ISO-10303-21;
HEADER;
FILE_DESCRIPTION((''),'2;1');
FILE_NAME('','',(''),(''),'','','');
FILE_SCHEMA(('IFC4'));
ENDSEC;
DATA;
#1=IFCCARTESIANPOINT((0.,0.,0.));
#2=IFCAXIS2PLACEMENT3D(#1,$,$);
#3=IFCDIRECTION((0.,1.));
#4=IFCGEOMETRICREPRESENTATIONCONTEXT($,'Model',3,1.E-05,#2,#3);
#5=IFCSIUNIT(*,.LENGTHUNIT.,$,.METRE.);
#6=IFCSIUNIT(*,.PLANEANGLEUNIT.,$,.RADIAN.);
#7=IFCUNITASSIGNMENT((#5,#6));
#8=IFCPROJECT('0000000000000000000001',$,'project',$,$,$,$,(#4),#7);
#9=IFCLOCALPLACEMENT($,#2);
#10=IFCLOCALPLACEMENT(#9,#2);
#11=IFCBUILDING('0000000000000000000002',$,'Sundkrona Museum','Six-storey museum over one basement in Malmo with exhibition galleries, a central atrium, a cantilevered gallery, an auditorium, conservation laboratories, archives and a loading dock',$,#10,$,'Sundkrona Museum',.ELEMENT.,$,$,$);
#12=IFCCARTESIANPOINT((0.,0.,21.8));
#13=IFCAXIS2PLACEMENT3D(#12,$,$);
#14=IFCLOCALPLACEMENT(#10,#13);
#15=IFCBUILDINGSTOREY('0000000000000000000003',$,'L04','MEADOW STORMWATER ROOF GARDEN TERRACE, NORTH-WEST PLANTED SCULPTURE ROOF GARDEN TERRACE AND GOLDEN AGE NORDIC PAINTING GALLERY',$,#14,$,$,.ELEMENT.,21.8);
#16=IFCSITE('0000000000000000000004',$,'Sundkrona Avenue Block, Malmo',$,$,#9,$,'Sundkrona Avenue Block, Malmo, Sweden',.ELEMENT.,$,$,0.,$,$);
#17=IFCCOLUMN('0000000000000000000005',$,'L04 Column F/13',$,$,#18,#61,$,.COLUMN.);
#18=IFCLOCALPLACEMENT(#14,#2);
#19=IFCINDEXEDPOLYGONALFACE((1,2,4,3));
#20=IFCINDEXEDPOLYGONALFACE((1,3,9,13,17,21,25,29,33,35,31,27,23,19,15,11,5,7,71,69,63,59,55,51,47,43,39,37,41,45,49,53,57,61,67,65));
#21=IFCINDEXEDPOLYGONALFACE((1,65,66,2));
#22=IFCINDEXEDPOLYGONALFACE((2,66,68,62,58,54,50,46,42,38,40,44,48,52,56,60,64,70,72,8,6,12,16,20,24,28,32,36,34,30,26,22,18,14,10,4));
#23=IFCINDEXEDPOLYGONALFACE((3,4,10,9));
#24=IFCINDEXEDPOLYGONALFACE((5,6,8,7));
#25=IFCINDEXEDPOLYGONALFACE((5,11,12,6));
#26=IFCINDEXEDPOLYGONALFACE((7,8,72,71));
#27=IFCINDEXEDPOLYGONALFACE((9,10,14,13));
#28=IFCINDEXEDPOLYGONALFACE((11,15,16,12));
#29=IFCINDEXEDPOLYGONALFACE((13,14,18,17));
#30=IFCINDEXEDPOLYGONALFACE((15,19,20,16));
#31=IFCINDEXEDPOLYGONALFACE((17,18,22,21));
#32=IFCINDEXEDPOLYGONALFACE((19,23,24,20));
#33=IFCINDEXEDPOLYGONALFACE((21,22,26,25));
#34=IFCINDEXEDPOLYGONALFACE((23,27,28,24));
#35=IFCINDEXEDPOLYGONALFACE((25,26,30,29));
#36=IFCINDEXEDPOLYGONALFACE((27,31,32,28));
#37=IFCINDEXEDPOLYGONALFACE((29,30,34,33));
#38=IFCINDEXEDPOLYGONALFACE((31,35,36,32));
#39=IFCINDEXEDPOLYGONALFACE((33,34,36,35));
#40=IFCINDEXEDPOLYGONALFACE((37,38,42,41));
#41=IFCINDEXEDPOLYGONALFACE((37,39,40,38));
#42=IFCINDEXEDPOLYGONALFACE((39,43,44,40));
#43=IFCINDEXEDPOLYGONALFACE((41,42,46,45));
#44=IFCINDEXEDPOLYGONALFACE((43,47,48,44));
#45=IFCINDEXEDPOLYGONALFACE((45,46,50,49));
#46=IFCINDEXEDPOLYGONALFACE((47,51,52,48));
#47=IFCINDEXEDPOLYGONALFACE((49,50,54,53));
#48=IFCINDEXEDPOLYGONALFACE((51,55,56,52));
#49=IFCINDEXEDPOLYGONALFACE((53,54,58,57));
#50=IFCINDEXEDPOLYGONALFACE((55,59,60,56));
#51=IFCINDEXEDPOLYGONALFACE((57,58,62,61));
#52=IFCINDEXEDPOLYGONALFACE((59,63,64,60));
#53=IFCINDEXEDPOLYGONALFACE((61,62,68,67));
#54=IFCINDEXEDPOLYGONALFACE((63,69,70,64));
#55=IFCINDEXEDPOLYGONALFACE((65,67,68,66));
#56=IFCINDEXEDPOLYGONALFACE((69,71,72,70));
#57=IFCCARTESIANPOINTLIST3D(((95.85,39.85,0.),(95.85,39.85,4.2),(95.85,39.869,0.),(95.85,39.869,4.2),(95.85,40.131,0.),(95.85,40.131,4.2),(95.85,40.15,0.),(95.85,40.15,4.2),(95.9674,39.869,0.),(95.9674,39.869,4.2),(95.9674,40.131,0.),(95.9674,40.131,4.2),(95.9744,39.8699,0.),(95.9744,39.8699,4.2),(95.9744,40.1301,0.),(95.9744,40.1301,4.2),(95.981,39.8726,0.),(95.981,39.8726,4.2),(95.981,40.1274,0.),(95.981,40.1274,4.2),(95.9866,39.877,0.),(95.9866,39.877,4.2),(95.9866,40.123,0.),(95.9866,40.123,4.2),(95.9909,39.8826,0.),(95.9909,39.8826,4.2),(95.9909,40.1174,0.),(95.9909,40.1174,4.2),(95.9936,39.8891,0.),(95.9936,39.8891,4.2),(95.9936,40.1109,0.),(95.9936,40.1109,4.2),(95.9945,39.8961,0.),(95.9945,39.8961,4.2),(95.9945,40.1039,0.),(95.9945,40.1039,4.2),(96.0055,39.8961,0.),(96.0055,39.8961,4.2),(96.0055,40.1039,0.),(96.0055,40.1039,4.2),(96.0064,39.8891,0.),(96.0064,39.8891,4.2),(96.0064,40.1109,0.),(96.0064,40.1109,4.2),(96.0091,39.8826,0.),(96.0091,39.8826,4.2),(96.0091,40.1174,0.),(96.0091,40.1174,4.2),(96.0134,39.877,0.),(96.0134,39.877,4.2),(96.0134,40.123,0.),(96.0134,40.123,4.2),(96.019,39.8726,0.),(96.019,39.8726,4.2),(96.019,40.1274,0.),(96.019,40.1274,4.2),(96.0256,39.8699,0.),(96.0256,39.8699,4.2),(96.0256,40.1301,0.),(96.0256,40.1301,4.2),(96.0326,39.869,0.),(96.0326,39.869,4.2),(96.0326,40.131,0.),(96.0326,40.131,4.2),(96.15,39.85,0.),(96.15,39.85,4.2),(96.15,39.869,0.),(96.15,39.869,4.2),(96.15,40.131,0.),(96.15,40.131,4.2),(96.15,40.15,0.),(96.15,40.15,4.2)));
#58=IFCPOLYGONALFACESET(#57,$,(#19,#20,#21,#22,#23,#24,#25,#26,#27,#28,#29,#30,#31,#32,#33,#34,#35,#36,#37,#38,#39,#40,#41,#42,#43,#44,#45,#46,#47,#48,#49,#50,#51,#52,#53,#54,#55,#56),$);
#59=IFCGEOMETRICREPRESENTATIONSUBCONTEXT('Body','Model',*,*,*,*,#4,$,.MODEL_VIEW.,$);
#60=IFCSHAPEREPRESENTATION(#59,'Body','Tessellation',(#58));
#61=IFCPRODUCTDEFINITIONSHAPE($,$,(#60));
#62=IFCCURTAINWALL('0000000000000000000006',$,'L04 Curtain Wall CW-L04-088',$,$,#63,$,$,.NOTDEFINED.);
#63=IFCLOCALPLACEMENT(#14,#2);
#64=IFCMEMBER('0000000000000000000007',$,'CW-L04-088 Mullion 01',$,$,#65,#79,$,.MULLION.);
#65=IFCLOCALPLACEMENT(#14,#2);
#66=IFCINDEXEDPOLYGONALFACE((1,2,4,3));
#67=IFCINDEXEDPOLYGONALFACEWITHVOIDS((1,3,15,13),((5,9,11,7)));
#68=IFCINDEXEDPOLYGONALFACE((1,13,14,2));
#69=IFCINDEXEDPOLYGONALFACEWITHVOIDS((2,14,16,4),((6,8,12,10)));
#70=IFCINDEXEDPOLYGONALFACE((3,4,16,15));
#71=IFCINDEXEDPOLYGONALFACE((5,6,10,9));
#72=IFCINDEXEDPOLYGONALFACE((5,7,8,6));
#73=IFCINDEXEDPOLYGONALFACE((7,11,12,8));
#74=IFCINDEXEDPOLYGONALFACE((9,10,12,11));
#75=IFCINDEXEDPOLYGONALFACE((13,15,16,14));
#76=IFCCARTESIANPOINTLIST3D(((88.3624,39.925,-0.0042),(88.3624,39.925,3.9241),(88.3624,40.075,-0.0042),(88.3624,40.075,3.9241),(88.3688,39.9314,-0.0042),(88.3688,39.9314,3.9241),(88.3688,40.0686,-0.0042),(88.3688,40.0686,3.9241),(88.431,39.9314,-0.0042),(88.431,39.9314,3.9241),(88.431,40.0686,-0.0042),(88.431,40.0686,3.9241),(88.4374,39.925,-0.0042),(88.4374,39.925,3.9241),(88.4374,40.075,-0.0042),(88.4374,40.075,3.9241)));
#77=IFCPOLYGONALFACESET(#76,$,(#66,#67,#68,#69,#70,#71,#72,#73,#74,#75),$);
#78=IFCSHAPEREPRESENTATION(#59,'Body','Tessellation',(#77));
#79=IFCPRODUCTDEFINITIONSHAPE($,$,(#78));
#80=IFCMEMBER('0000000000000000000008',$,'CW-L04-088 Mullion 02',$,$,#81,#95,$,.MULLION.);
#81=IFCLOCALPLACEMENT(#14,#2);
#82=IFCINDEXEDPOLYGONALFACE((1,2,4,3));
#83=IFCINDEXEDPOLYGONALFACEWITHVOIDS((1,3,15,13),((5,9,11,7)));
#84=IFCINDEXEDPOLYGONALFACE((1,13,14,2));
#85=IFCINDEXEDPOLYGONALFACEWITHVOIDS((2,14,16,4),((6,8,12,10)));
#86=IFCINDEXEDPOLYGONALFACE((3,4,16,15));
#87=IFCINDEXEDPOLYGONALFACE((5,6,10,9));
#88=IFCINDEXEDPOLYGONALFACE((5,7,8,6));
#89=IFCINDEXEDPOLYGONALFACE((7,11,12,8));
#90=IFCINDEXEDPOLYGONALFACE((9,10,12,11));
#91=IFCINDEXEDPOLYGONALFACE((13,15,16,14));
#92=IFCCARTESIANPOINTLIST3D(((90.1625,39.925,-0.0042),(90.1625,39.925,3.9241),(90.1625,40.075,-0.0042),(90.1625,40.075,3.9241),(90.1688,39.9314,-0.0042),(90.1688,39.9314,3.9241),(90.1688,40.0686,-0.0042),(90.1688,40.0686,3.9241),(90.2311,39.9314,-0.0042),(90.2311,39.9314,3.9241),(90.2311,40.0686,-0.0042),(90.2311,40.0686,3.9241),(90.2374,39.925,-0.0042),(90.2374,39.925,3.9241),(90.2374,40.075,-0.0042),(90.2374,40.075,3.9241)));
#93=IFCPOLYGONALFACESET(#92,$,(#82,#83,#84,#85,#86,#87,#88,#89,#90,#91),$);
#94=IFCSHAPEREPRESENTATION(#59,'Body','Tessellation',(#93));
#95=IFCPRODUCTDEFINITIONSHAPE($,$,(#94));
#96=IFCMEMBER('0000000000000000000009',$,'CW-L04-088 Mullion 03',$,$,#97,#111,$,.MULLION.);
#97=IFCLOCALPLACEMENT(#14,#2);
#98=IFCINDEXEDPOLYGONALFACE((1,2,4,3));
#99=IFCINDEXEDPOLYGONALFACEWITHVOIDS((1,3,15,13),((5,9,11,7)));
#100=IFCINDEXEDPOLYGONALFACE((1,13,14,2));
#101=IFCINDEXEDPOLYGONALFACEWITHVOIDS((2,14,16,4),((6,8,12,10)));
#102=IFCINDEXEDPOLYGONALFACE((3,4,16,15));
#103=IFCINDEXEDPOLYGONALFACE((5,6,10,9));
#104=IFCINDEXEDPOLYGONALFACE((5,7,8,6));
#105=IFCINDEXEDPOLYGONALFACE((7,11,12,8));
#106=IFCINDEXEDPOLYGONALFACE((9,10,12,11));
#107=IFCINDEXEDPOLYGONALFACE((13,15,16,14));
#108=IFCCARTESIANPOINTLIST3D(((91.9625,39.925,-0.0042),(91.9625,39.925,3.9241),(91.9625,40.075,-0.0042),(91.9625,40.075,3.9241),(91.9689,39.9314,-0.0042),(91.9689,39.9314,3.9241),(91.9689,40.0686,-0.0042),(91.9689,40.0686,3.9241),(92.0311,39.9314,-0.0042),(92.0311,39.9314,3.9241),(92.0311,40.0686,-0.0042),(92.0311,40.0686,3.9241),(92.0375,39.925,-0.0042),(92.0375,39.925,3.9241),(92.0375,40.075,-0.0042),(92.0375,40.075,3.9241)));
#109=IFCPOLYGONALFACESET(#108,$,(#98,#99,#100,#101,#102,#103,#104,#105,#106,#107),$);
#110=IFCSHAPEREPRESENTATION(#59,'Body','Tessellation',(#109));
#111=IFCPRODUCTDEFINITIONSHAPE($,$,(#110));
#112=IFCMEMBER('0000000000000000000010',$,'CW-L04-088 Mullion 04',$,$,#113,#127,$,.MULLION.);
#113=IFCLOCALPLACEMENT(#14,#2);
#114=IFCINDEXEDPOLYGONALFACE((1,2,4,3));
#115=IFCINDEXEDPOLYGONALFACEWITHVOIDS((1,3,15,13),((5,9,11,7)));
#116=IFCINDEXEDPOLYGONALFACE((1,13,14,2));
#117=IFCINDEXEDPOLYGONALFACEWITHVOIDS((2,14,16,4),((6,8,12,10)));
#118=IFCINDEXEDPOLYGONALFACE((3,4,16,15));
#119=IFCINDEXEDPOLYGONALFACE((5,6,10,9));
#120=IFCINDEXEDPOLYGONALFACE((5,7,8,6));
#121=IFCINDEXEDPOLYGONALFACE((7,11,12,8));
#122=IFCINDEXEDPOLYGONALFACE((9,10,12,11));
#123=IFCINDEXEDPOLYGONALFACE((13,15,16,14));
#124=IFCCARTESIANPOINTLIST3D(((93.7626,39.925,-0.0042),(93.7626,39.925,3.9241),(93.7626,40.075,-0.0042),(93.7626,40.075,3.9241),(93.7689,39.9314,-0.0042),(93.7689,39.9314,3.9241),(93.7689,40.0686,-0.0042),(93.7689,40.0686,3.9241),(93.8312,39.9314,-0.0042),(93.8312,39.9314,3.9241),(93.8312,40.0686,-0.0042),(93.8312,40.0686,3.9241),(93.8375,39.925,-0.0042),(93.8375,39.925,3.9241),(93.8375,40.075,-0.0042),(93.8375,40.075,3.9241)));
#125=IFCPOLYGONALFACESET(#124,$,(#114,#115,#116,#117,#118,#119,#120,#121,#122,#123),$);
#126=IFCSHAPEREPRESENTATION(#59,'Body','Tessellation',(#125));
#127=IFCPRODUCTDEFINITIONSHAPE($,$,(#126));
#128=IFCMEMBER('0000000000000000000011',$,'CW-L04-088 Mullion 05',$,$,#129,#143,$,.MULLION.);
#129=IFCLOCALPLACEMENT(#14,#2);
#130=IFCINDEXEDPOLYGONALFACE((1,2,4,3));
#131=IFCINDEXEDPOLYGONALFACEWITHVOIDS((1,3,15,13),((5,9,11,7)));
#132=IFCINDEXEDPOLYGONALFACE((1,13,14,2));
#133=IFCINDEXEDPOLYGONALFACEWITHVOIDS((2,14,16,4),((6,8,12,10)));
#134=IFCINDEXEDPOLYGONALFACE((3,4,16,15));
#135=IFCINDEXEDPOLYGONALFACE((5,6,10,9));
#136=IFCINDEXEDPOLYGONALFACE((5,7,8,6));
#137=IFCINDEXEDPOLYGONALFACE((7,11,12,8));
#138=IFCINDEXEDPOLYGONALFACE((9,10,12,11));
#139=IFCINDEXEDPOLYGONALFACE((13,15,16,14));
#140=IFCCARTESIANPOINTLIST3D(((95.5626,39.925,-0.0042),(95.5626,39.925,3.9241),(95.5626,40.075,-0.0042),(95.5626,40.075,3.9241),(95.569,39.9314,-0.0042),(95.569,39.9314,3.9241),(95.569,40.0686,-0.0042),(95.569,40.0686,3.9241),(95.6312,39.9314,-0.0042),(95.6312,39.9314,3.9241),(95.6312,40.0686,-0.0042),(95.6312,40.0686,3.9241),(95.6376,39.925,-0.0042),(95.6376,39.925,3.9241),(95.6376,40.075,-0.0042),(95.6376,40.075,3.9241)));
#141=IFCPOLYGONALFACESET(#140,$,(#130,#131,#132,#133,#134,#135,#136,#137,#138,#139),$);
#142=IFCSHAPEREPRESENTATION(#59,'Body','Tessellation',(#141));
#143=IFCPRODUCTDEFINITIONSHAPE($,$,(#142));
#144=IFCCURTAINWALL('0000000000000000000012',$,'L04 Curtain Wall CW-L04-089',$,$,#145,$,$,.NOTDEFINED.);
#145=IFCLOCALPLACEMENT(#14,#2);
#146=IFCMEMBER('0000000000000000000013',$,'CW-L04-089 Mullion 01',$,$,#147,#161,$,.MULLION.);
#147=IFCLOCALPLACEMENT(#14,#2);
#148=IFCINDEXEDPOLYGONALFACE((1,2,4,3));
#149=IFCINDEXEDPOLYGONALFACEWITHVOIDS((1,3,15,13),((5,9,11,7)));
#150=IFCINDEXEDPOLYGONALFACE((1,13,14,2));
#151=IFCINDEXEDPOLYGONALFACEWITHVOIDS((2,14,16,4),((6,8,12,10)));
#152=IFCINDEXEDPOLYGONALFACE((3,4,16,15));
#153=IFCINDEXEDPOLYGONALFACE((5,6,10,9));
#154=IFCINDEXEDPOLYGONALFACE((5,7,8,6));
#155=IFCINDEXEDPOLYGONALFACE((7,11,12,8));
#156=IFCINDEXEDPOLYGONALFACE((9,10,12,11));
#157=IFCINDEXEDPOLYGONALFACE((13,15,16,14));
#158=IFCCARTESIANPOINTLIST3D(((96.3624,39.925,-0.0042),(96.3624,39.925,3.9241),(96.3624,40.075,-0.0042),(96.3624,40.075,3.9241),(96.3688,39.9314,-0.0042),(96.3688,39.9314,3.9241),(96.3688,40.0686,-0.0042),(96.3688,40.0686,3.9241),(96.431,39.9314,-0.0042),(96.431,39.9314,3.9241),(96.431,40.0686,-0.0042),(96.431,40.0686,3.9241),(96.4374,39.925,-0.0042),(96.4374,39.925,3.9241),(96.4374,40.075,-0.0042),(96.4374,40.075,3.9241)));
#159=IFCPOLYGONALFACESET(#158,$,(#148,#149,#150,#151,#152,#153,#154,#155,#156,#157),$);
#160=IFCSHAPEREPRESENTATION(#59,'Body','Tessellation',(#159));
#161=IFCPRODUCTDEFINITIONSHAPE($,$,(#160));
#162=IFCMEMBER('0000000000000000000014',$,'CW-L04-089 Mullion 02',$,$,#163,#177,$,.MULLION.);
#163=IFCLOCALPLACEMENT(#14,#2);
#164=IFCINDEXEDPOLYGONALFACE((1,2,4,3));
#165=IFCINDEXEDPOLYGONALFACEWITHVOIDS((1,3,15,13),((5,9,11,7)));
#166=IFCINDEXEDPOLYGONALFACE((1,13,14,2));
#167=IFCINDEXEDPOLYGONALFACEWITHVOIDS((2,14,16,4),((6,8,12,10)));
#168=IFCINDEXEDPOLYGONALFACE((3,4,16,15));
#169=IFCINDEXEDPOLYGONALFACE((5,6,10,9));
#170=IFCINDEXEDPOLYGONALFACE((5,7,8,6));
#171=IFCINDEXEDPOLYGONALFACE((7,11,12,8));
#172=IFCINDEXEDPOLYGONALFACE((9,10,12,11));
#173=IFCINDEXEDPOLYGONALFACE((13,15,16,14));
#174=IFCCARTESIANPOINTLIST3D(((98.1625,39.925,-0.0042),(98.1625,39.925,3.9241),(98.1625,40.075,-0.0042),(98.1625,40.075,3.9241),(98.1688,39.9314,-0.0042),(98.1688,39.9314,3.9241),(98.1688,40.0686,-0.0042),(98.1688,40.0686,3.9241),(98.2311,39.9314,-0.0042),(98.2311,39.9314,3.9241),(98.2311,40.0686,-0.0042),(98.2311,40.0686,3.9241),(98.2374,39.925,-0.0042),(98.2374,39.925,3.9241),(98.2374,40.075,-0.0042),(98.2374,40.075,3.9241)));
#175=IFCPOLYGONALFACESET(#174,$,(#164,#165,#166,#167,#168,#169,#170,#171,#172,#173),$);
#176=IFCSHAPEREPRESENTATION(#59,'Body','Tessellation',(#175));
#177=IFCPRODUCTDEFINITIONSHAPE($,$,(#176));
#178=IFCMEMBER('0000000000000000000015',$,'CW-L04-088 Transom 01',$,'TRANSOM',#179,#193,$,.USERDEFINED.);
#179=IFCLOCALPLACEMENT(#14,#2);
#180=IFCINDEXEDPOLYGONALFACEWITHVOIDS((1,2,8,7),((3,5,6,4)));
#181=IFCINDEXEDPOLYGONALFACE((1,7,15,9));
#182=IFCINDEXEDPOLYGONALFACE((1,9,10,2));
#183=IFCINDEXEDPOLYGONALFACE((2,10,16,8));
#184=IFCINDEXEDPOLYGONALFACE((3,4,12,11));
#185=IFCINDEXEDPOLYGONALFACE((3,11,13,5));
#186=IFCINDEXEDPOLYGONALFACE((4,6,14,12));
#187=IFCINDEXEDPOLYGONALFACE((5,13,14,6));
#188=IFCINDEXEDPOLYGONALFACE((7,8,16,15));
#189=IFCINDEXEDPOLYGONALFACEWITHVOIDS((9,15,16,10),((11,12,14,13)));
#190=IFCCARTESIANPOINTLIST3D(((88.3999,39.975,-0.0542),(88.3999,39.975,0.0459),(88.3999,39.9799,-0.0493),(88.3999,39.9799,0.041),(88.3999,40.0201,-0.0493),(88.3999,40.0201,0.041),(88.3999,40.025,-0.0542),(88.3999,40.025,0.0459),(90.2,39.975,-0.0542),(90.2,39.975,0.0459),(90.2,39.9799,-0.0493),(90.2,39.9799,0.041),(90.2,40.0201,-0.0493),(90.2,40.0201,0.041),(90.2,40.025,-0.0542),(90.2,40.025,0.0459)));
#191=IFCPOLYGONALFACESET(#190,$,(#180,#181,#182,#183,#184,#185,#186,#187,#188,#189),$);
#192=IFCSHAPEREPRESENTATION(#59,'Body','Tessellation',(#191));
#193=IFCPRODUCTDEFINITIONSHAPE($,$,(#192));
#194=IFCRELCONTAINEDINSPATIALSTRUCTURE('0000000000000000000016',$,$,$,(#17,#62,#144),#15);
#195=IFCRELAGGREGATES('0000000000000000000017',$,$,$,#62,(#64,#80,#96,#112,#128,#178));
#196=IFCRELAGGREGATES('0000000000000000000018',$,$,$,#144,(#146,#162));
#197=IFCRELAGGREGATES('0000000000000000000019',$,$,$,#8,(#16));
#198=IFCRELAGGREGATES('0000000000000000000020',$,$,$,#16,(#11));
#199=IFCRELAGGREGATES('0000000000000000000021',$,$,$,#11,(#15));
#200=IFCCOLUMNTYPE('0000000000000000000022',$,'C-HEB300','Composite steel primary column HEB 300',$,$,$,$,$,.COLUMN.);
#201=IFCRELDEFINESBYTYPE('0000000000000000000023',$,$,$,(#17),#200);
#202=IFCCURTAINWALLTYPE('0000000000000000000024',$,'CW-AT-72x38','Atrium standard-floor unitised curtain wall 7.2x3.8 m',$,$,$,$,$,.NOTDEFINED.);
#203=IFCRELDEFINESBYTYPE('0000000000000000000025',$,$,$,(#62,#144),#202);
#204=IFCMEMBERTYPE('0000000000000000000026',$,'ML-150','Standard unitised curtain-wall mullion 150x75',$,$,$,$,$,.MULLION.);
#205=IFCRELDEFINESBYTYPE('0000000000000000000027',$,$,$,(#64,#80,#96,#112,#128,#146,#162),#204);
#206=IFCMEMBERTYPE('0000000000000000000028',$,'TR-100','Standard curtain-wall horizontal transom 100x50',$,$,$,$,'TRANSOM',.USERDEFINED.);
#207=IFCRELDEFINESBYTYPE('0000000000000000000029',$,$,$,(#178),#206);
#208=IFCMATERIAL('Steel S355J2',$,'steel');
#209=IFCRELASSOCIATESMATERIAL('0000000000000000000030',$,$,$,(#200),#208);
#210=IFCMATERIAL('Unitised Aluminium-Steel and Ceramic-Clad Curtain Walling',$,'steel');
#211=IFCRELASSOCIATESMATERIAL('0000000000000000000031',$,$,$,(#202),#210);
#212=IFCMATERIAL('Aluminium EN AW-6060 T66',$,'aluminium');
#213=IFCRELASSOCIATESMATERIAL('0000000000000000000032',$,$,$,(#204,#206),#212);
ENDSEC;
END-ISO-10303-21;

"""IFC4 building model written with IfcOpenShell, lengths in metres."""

from ifc_helpers import new_model, si_unit, direction, frame, origin, origin_2d, place, context, subcontext, project, spatial, hollow_rectangle, i_section, extrude, material, material_profile, profile_set, type_object, element, aggregate, save


model = new_model("IFC4")

# Units and contexts
model_context = context("Model", 3, precision=1e-05, world=origin(), true_north=direction((0.0, 1.0)))
body_context = subcontext(model_context, "Body", "Model", "MODEL_VIEW")
ifc_project = project(units=[si_unit("LENGTHUNIT", "METRE"), si_unit("PLANEANGLEUNIT", "RADIAN")], contexts=[model_context])

# Site, building, storey
site_placement = place(None, origin())
site = spatial("IfcSite", under=ifc_project, at=site_placement, Name="Sundkrona Avenue Block, Malmo", LongName="Sundkrona Avenue Block, Malmo, Sweden", CompositionType="ELEMENT", RefElevation=0.0)
building_placement = place(site_placement, origin())
building = spatial("IfcBuilding", under=site, at=building_placement, Name="Sundkrona Museum", Description="Six-storey museum over one basement in Malmo with exhibition galleries, a central atrium, a cantilevered gallery, an auditorium, conservation laboratories, archives and a loading dock", LongName="Sundkrona Museum", CompositionType="ELEMENT")
storey_placement = place(building_placement, frame((0.0, 0.0, 21.8)))
storey = spatial("IfcBuildingStorey", under=building, at=storey_placement, Name="L04", Description="MEADOW STORMWATER ROOF GARDEN TERRACE, NORTH-WEST PLANTED SCULPTURE ROOF GARDEN TERRACE AND GOLDEN AGE NORDIC PAINTING GALLERY", CompositionType="ELEMENT", Elevation=21.8)

# Column
ifc_material_1 = material(Name="Steel S355J2", Category="steel")
ifc_material_profile_1 = material_profile(ifc_material_1, i_section(OverallWidth=0.3, OverallDepth=0.3, WebThickness=0.011, FlangeThickness=0.019, FilletRadius=0.0271, at=origin_2d()), Name="HEB 300")
ifc_profile_set_1 = profile_set([ifc_material_profile_1], Name="Steel S355J2")
column_type = type_object("IfcColumnType", Name="C-HEB300", Description="Composite steel primary column HEB 300", PredefinedType="COLUMN", material=ifc_profile_set_1)
column_placement = place(storey_placement, frame((96.0, 40.0, 0.0), z_axis=(0.0, 0.0, 1.0), x_axis=(1.0, 0.0, 0.0)))
element("IfcColumn", 1, at=column_placement, inside=storey, type_object=column_type, Name="L04 Column F/13", PredefinedType="COLUMN", context=body_context, shape_type="SweptSolid", body=[
    extrude(i_section(OverallWidth=0.3, OverallDepth=0.3, WebThickness=0.011, FlangeThickness=0.019, FilletRadius=0.0271, at=origin_2d()), origin(), (0.0, 0.0, 1.0), 4.2),
])

# Curtain walls, members
ifc_material_2 = material(Name="Unitised Aluminium-Steel and Ceramic-Clad Curtain Walling", Category="steel")
curtain_wall_type = type_object("IfcCurtainWallType", Name="CW-AT-72x38", Description="Atrium standard-floor unitised curtain wall 7.2x3.8 m", PredefinedType="NOTDEFINED", material=ifc_material_2)
curtain_wall_1_placement = place(storey_placement, origin())
curtain_wall_1 = element("IfcCurtainWall", 2, at=curtain_wall_1_placement, inside=storey, type_object=curtain_wall_type, Name="L04 Curtain Wall CW-L04-088", PredefinedType="NOTDEFINED")
ifc_material_3 = material(Name="Aluminium EN AW-6060 T66", Category="aluminium")
ifc_material_profile_2 = material_profile(ifc_material_3, hollow_rectangle(XDim=0.075, YDim=0.1499, WallThickness=0.0063, at=origin_2d()), Name="RHS 150x75x6.3")
ifc_profile_set_2 = profile_set([ifc_material_profile_2], Name="Aluminium EN AW-6060 T66")
member_type_1 = type_object("IfcMemberType", Name="ML-150", Description="Standard unitised curtain-wall mullion 150x75", PredefinedType="MULLION", material=ifc_profile_set_2)
member_1_placement = place(storey_placement, frame((88.3999, 40.0, -0.0042), z_axis=(0.0, 0.0, 1.0), x_axis=(1.0, 0.0, 0.0)))
member_1 = element("IfcMember", 3, at=member_1_placement, type_object=member_type_1, Name="CW-L04-088 Mullion 01", PredefinedType="MULLION", context=body_context, shape_type="SweptSolid", body=[
    extrude(hollow_rectangle(XDim=0.075, YDim=0.1499, WallThickness=0.0063, at=origin_2d()), origin(), (0.0, 0.0, 1.0), 3.9282),
])
member_2_placement = place(storey_placement, frame((90.2, 40.0, -0.0042), z_axis=(0.0, 0.0, 1.0), x_axis=(1.0, 0.0, 0.0)))
member_2 = element("IfcMember", 4, at=member_2_placement, type_object=member_type_1, Name="CW-L04-088 Mullion 02", PredefinedType="MULLION", context=body_context, shape_type="SweptSolid", body=[
    extrude(hollow_rectangle(XDim=0.075, YDim=0.1499, WallThickness=0.0063, at=origin_2d()), origin(), (0.0, 0.0, 1.0), 3.9282),
])
member_3_placement = place(storey_placement, frame((92.0, 40.0, -0.0042), z_axis=(0.0, 0.0, 1.0), x_axis=(1.0, 0.0, 0.0)))
member_3 = element("IfcMember", 5, at=member_3_placement, type_object=member_type_1, Name="CW-L04-088 Mullion 03", PredefinedType="MULLION", context=body_context, shape_type="SweptSolid", body=[
    extrude(hollow_rectangle(XDim=0.075, YDim=0.1499, WallThickness=0.0063, at=origin_2d()), origin(), (0.0, 0.0, 1.0), 3.9282),
])
member_4_placement = place(storey_placement, frame((93.8, 40.0, -0.0042), z_axis=(0.0, 0.0, 1.0), x_axis=(1.0, 0.0, 0.0)))
member_4 = element("IfcMember", 6, at=member_4_placement, type_object=member_type_1, Name="CW-L04-088 Mullion 04", PredefinedType="MULLION", context=body_context, shape_type="SweptSolid", body=[
    extrude(hollow_rectangle(XDim=0.075, YDim=0.1499, WallThickness=0.0063, at=origin_2d()), origin(), (0.0, 0.0, 1.0), 3.9282),
])
member_5_placement = place(storey_placement, frame((95.6001, 40.0, -0.0042), z_axis=(0.0, 0.0, 1.0), x_axis=(1.0, 0.0, 0.0)))
member_5 = element("IfcMember", 7, at=member_5_placement, type_object=member_type_1, Name="CW-L04-088 Mullion 05", PredefinedType="MULLION", context=body_context, shape_type="SweptSolid", body=[
    extrude(hollow_rectangle(XDim=0.075, YDim=0.1499, WallThickness=0.0063, at=origin_2d()), origin(), (0.0, 0.0, 1.0), 3.9282),
])
curtain_wall_2_placement = place(storey_placement, origin())
curtain_wall_2 = element("IfcCurtainWall", 8, at=curtain_wall_2_placement, inside=storey, type_object=curtain_wall_type, Name="L04 Curtain Wall CW-L04-089", PredefinedType="NOTDEFINED")
member_6_placement = place(storey_placement, frame((96.3999, 40.0, -0.0042), z_axis=(0.0, 0.0, 1.0), x_axis=(1.0, 0.0, 0.0)))
member_6 = element("IfcMember", 9, at=member_6_placement, type_object=member_type_1, Name="CW-L04-089 Mullion 01", PredefinedType="MULLION", context=body_context, shape_type="SweptSolid", body=[
    extrude(hollow_rectangle(XDim=0.075, YDim=0.1499, WallThickness=0.0063, at=origin_2d()), origin(), (0.0, 0.0, 1.0), 3.9282),
])
member_7_placement = place(storey_placement, frame((98.2, 40.0, -0.0042), z_axis=(0.0, 0.0, 1.0), x_axis=(1.0, 0.0, 0.0)))
member_7 = element("IfcMember", 10, at=member_7_placement, type_object=member_type_1, Name="CW-L04-089 Mullion 02", PredefinedType="MULLION", context=body_context, shape_type="SweptSolid", body=[
    extrude(hollow_rectangle(XDim=0.075, YDim=0.1499, WallThickness=0.0063, at=origin_2d()), origin(), (0.0, 0.0, 1.0), 3.9282),
])

# Member
ifc_material_profile_3 = material_profile(ifc_material_3, hollow_rectangle(XDim=0.05, YDim=0.1001, WallThickness=0.0049, at=origin_2d()), Name="RHS 100x50x5.0")
ifc_profile_set_3 = profile_set([ifc_material_profile_3], Name="Aluminium EN AW-6060 T66")
member_type_2 = type_object("IfcMemberType", Name="TR-100", Description="Standard curtain-wall horizontal transom 100x50", ElementType="TRANSOM", PredefinedType="USERDEFINED", material=ifc_profile_set_3)
member_8_placement = place(storey_placement, frame((88.3999, 40.0, -0.0042), z_axis=(1.0, 0.0, 0.0), x_axis=(0.0, 1.0, 0.0)))
member_8 = element("IfcMember", 11, at=member_8_placement, type_object=member_type_2, Name="CW-L04-088 Transom 01", ObjectType="TRANSOM", PredefinedType="USERDEFINED", context=body_context, shape_type="SweptSolid", body=[
    extrude(hollow_rectangle(XDim=0.05, YDim=0.1001, WallThickness=0.0049, at=origin_2d()), origin(), (0.0, 0.0, 1.0), 1.8),
])

aggregate(curtain_wall_1, [member_1, member_2, member_3, member_4, member_5, member_8])
aggregate(curtain_wall_2, [member_6, member_7])

save(model, "model.ifc")
